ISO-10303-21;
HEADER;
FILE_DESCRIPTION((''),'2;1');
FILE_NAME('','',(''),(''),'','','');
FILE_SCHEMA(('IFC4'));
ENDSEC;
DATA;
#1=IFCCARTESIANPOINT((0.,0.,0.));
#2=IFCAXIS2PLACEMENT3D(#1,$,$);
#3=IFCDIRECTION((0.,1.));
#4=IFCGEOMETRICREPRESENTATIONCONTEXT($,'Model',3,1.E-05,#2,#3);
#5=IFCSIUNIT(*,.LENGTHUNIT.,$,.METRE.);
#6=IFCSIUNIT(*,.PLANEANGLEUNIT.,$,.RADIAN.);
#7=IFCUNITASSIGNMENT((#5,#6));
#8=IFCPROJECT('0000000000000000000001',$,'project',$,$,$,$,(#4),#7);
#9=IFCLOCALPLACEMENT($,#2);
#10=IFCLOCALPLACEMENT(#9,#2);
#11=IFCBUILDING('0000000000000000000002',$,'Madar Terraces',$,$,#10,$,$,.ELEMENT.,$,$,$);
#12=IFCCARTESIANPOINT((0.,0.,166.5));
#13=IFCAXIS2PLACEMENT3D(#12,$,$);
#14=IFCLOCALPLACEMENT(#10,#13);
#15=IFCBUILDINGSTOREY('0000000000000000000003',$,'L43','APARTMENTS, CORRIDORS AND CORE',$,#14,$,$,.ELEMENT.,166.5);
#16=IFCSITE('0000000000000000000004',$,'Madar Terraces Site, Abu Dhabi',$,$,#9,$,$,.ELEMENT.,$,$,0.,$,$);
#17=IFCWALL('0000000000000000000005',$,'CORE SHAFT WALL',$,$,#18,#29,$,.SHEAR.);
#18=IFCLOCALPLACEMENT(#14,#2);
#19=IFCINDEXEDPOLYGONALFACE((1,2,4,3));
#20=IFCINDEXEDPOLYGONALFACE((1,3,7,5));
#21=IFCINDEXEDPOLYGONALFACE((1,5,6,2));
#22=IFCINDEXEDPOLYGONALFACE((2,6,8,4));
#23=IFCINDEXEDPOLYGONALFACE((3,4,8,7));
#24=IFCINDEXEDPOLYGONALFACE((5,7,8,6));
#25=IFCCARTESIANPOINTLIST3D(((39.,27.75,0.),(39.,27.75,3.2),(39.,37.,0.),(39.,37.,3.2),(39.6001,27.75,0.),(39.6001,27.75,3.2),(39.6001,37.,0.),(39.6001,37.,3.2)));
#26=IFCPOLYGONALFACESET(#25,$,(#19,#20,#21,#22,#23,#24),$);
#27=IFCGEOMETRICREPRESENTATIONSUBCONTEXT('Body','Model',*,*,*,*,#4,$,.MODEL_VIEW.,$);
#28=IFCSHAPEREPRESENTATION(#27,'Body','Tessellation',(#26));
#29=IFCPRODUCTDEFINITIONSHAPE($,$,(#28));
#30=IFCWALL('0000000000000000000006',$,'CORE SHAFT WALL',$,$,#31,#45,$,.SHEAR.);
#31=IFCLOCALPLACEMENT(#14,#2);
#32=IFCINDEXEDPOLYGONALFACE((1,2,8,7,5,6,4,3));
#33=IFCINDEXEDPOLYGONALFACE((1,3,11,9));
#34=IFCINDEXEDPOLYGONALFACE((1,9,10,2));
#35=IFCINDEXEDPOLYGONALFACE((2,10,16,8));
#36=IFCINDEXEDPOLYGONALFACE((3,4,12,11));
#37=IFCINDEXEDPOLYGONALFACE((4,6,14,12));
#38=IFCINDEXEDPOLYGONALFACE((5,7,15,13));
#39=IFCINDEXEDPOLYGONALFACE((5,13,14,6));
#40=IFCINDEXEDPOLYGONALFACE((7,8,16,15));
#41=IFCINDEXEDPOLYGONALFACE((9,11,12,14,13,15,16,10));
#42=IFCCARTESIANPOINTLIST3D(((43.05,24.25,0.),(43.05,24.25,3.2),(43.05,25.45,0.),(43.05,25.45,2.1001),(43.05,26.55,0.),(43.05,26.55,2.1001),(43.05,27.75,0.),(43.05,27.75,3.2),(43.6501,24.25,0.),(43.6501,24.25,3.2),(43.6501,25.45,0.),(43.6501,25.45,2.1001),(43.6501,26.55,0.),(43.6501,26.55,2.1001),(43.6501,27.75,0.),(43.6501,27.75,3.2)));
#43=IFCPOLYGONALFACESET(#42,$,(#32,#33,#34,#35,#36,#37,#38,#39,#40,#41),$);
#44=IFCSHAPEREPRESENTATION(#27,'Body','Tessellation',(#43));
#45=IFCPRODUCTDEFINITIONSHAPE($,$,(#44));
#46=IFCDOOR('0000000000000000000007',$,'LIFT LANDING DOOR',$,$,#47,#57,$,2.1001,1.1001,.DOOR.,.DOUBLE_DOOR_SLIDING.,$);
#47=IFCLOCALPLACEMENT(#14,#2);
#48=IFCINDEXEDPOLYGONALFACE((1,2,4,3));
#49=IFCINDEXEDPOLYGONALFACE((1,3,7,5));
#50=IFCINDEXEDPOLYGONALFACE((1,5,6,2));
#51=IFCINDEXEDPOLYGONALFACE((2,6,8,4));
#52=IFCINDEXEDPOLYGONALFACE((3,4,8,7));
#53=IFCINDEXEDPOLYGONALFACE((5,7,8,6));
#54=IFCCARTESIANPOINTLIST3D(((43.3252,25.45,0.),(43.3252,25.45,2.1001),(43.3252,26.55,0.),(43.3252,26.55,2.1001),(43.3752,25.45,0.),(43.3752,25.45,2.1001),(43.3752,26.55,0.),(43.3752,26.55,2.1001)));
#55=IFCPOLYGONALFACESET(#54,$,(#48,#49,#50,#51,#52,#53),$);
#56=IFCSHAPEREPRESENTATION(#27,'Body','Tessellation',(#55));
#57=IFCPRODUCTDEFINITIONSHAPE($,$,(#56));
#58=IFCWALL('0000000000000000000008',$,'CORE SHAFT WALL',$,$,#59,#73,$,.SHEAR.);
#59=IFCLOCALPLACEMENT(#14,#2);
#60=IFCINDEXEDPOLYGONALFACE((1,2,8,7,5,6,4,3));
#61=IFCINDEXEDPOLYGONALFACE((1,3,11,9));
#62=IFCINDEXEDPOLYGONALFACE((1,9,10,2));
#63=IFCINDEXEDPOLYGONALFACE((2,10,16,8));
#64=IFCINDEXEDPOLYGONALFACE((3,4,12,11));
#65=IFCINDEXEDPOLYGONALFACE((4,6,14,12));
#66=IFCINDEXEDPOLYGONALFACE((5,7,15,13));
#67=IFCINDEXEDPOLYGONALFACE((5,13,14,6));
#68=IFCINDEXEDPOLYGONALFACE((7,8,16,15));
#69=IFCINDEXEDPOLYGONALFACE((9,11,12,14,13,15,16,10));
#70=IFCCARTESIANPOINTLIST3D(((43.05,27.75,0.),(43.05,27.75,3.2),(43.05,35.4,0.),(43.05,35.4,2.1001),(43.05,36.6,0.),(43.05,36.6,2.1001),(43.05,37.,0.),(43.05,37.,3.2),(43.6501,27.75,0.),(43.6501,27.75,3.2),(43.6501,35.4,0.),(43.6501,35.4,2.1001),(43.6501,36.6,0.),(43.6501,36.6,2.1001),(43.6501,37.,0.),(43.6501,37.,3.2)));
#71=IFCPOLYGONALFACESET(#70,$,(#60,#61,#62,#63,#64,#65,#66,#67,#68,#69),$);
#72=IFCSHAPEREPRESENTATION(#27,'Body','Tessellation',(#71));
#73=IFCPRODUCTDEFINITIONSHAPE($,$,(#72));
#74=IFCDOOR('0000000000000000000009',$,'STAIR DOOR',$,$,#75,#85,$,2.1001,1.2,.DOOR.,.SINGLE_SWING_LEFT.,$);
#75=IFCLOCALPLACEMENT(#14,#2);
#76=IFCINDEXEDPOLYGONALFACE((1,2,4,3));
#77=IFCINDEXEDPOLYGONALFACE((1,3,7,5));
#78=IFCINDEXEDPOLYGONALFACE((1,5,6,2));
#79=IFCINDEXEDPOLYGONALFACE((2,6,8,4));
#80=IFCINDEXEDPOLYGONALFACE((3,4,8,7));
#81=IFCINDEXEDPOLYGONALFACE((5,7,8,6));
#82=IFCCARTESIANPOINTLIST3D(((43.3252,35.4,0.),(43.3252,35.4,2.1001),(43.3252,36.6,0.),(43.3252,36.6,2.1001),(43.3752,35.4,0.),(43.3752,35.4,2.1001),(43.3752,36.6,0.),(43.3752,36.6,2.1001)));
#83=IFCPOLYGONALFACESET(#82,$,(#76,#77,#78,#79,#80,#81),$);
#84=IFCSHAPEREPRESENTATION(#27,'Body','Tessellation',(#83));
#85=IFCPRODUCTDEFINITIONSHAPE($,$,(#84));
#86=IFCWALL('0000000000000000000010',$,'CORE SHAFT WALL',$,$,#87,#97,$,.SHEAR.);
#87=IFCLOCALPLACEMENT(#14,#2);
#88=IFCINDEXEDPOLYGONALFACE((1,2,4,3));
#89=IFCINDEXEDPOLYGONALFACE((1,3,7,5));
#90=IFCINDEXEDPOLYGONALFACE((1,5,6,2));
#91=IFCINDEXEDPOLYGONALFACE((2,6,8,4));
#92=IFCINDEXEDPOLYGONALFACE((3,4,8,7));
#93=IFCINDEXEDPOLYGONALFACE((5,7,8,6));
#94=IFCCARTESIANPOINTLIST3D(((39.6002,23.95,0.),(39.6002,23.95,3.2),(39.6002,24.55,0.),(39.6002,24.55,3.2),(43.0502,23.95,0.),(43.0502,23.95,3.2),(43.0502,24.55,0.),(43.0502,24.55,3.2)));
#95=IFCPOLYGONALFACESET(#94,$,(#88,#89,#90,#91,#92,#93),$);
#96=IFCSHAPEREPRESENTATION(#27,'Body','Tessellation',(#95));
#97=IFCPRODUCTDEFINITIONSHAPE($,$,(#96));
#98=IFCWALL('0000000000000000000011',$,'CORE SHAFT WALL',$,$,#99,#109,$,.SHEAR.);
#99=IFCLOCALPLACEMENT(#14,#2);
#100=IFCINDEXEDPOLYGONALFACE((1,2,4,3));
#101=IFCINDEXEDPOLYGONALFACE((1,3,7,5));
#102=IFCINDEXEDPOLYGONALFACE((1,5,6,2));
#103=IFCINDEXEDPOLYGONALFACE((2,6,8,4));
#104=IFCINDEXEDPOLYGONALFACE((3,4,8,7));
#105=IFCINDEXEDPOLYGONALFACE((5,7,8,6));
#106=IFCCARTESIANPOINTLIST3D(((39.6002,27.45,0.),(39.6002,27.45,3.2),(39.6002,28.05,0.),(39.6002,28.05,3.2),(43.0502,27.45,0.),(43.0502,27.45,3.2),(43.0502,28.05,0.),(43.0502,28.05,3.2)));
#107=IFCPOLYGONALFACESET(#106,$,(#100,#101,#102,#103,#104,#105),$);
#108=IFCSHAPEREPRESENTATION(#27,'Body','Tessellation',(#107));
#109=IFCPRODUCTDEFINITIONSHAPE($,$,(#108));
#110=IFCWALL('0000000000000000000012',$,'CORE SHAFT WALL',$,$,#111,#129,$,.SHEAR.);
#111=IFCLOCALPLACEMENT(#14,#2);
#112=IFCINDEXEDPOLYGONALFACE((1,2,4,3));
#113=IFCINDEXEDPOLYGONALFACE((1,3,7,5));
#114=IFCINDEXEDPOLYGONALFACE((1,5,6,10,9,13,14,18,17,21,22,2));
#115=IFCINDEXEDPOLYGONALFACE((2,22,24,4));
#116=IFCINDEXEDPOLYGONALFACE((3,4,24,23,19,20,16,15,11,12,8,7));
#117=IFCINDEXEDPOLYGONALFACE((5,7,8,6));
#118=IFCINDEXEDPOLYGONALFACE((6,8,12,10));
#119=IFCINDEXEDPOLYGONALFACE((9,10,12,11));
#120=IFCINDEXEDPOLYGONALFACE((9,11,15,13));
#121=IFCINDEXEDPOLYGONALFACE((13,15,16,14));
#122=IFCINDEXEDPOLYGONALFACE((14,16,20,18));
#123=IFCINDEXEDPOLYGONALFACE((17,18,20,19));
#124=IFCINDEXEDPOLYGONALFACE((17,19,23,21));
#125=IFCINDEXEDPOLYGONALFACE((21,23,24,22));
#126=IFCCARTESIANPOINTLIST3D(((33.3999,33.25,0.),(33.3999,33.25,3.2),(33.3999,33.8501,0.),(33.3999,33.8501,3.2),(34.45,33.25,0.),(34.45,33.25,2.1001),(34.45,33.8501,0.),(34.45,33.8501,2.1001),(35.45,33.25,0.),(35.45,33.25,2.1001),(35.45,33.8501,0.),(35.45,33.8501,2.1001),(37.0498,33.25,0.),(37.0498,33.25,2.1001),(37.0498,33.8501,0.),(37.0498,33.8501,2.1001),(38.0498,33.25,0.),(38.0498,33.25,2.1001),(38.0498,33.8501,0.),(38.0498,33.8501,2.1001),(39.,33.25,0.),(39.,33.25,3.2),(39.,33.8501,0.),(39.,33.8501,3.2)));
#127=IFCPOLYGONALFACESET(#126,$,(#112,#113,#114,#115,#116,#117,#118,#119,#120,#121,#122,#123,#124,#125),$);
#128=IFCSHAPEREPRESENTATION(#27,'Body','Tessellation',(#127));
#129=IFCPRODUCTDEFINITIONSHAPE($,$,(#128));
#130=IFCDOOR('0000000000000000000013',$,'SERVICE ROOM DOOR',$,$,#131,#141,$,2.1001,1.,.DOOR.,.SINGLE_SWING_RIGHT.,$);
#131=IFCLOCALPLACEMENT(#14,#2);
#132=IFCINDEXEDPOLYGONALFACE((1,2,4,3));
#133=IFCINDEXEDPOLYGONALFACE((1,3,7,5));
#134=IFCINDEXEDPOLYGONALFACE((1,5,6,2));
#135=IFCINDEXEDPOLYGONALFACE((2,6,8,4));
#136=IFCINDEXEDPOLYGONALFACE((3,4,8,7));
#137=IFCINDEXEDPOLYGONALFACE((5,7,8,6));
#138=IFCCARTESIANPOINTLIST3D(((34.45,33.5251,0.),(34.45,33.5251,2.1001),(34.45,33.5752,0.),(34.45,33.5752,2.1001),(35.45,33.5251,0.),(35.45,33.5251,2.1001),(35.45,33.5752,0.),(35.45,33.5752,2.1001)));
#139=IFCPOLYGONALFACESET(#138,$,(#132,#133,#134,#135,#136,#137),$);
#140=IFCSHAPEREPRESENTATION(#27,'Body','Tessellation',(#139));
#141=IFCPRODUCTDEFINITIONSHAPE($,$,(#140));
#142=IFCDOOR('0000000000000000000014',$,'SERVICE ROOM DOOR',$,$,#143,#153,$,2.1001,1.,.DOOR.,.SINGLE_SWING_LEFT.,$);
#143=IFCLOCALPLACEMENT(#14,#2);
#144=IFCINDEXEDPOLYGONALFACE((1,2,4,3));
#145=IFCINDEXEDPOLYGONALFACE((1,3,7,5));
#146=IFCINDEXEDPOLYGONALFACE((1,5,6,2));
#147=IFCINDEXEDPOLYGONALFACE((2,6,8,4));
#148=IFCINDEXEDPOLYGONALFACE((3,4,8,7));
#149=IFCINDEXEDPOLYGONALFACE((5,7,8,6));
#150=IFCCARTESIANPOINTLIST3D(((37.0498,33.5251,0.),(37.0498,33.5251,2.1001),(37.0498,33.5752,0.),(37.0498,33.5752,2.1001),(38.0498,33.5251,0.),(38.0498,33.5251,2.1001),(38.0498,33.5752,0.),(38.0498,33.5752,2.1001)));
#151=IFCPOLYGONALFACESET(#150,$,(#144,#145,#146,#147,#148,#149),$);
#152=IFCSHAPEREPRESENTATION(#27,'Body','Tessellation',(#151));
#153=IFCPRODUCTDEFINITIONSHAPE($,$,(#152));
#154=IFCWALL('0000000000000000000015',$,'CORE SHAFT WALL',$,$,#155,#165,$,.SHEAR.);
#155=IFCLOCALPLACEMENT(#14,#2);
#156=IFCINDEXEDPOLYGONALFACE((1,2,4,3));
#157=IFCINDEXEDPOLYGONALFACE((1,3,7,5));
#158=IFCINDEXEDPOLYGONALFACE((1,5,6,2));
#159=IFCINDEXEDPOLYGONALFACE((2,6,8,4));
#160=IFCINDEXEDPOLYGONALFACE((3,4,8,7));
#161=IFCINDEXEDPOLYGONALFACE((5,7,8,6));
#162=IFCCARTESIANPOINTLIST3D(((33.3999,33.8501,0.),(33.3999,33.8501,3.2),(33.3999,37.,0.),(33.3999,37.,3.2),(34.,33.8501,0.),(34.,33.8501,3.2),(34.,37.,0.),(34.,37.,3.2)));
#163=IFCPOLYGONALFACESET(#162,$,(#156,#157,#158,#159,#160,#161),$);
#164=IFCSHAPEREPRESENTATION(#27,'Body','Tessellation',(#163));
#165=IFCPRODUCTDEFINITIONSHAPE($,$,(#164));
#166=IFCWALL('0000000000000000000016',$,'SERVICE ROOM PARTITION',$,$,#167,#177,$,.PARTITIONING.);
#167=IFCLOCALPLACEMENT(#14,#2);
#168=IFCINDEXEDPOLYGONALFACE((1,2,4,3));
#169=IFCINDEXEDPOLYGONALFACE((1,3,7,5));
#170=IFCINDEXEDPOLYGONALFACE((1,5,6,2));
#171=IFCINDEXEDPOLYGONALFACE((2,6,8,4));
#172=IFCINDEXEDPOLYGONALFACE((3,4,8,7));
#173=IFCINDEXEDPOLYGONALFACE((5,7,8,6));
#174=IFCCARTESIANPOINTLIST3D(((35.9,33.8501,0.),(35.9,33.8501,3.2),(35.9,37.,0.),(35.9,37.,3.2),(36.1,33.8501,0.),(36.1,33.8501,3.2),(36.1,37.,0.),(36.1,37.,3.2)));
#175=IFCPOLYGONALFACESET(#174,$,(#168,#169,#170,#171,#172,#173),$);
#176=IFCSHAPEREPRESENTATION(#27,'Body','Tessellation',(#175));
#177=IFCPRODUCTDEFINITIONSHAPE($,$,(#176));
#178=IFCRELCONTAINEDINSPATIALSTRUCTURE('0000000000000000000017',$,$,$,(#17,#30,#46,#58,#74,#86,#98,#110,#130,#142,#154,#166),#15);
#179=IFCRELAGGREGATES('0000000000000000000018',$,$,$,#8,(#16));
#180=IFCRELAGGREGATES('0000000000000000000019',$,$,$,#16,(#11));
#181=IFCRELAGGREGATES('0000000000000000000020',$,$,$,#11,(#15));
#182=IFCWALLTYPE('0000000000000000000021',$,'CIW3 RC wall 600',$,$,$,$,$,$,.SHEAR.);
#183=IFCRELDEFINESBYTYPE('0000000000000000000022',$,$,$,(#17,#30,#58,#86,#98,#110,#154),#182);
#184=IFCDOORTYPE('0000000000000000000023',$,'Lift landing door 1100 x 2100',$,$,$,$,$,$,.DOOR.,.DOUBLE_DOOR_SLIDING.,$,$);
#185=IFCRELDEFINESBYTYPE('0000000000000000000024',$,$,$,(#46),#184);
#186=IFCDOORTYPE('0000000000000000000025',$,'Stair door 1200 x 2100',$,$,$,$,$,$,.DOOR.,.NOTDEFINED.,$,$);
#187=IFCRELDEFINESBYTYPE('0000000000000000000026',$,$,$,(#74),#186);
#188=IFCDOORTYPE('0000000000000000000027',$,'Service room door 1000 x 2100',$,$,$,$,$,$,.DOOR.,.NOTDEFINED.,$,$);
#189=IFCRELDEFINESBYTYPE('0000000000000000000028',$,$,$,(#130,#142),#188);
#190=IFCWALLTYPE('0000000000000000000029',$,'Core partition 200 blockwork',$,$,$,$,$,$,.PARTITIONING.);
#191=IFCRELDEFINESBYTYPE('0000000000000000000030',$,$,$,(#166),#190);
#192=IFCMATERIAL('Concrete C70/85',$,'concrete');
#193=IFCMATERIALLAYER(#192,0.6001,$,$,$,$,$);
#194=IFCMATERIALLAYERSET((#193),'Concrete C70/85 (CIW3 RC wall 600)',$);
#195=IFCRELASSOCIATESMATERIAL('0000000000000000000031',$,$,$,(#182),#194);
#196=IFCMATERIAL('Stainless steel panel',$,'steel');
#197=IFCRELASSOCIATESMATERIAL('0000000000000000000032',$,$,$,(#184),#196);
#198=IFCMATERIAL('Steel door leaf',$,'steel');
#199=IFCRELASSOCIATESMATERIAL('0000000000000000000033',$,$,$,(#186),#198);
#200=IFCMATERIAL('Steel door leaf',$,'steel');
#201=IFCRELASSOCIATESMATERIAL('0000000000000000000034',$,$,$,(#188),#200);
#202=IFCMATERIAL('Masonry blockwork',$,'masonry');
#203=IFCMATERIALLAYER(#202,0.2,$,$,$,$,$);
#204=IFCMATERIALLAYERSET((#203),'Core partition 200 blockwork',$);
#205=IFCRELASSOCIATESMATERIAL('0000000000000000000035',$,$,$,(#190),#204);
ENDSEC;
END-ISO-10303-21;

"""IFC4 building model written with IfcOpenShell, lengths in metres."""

from ifc_helpers import new_model, si_unit, direction, frame, frame_2d, origin, place, context, subcontext, project, spatial, rectangle, extrude, material, layer, layer_set, type_object, element, fill, save


model = new_model("IFC4")

# Units and contexts
model_context = context("Model", 3, precision=1e-05, world=origin(), true_north=direction((0.0, 1.0)))
body_context = subcontext(model_context, "Body", "Model", "MODEL_VIEW")
ifc_project = project(units=[si_unit("LENGTHUNIT", "METRE"), si_unit("PLANEANGLEUNIT", "RADIAN")], contexts=[model_context])

# Site, building, storey
site_placement = place(None, origin())
site = spatial("IfcSite", under=ifc_project, at=site_placement, Name="Madar Terraces Site, Abu Dhabi", CompositionType="ELEMENT", RefElevation=0.0)
building_placement = place(site_placement, origin())
building = spatial("IfcBuilding", under=site, at=building_placement, Name="Madar Terraces", CompositionType="ELEMENT")
storey_placement = place(building_placement, frame((0.0, 0.0, 166.5)))
storey = spatial("IfcBuildingStorey", under=building, at=storey_placement, Name="L43", Description="APARTMENTS, CORRIDORS AND CORE", CompositionType="ELEMENT", Elevation=166.5)

# Wall
ifc_material_1 = material(Name="Concrete C70/85", Category="concrete")
ifc_layer_1 = layer(ifc_material_1, 0.6001)
ifc_layer_set_1 = layer_set([ifc_layer_1], Name="Concrete C70/85 (CIW3 RC wall 600)")
wall_type_1 = type_object("IfcWallType", Name="CIW3 RC wall 600", PredefinedType="SHEAR", material=ifc_layer_set_1)
wall_1_placement = place(storey_placement, frame((39.3, 27.75, 0.0), z_axis=(0.0, 0.0, 1.0), x_axis=(0.0, 1.0, 0.0)))
element("IfcWall", 1, at=wall_1_placement, inside=storey, type_object=wall_type_1, Name="CORE SHAFT WALL", PredefinedType="SHEAR", context=body_context, shape_type="SweptSolid", body=[
    extrude(rectangle(XDim=9.25, YDim=0.6001, at=frame_2d((4.625, 0.0))), origin(), (0.0, 0.0, 1.0), 3.2),
])

# Walls, openings, doors
wall_2_placement = place(storey_placement, frame((43.3501, 24.25, 0.0), z_axis=(0.0, 0.0, 1.0), x_axis=(0.0, 1.0, 0.0)))
wall_2 = element("IfcWall", 2, at=wall_2_placement, inside=storey, type_object=wall_type_1, Name="CORE SHAFT WALL", PredefinedType="SHEAR", context=body_context, shape_type="SweptSolid", body=[
    extrude(rectangle(XDim=3.5, YDim=0.6001, at=frame_2d((1.75, 0.0))), origin(), (0.0, 0.0, 1.0), 3.2),
])
opening_1_placement = place(wall_2_placement, frame((1.2, 0.0, 0.0)))
opening_1 = element("IfcOpeningElement", 3, at=opening_1_placement, cuts=wall_2, PredefinedType="OPENING", context=body_context, shape_type="SweptSolid", body=[
    extrude(rectangle(XDim=1.1001, YDim=2.1001, at=frame_2d((0.55, 1.05))), frame((0.0, 0.3101, 0.0), z_axis=(0.0, -1.0, 0.0), x_axis=(1.0, 0.0, 0.0)), (0.0, 0.0, 1.0), 0.6201),
])
ifc_material_2 = material(Name="Stainless steel panel", Category="steel")
door_type_1 = type_object("IfcDoorType", Name="Lift landing door 1100 x 2100", OperationType="DOUBLE_DOOR_SLIDING", PredefinedType="DOOR", material=ifc_material_2)
door_1_placement = place(opening_1_placement, origin())
door_1 = element("IfcDoor", 4, at=door_1_placement, inside=storey, type_object=door_type_1, Name="LIFT LANDING DOOR", OperationType="DOUBLE_DOOR_SLIDING", OverallHeight=2.1001, OverallWidth=1.1001, PredefinedType="DOOR", context=body_context, shape_type="SweptSolid", body=[
    extrude(rectangle(XDim=1.1001, YDim=2.1001, at=frame_2d((0.55, 1.05))), frame((0.0, 0.0249, 0.0), z_axis=(0.0, -1.0, 0.0), x_axis=(1.0, 0.0, 0.0)), (0.0, 0.0, 1.0), 0.05),
])
fill(opening_1, door_1)
wall_3_placement = place(storey_placement, frame((43.3501, 27.75, 0.0), z_axis=(0.0, 0.0, 1.0), x_axis=(0.0, 1.0, 0.0)))
wall_3 = element("IfcWall", 5, at=wall_3_placement, inside=storey, type_object=wall_type_1, Name="CORE SHAFT WALL", PredefinedType="SHEAR", context=body_context, shape_type="SweptSolid", body=[
    extrude(rectangle(XDim=9.25, YDim=0.6001, at=frame_2d((4.625, 0.0))), origin(), (0.0, 0.0, 1.0), 3.2),
])
opening_2_placement = place(wall_3_placement, frame((7.6499, 0.0, 0.0)))
opening_2 = element("IfcOpeningElement", 6, at=opening_2_placement, cuts=wall_3, PredefinedType="OPENING", context=body_context, shape_type="SweptSolid", body=[
    extrude(rectangle(XDim=1.2, YDim=2.1001, at=frame_2d((0.6001, 1.05))), frame((0.0, 0.3101, 0.0), z_axis=(0.0, -1.0, 0.0), x_axis=(1.0, 0.0, 0.0)), (0.0, 0.0, 1.0), 0.6201),
])
ifc_material_3 = material(Name="Steel door leaf", Category="steel")
door_type_2 = type_object("IfcDoorType", Name="Stair door 1200 x 2100", OperationType="NOTDEFINED", PredefinedType="DOOR", material=ifc_material_3)
door_2_placement = place(opening_2_placement, origin())
door_2 = element("IfcDoor", 7, at=door_2_placement, inside=storey, type_object=door_type_2, Name="STAIR DOOR", OperationType="SINGLE_SWING_LEFT", OverallHeight=2.1001, OverallWidth=1.2, PredefinedType="DOOR", context=body_context, shape_type="SweptSolid", body=[
    extrude(rectangle(XDim=1.2, YDim=2.1001, at=frame_2d((0.6001, 1.05))), frame((0.0, 0.0249, 0.0), z_axis=(0.0, -1.0, 0.0), x_axis=(1.0, 0.0, 0.0)), (0.0, 0.0, 1.0), 0.05),
])
fill(opening_2, door_2)

# Walls
for number, where, z_axis, x_axis, name in (
    (8, (39.6001, 24.25, 0.0), (0.0, 0.0, 1.0), (1.0, 0.0, 0.0), "CORE SHAFT WALL"),
    (9, (39.6001, 27.75, 0.0), (0.0, 0.0, 1.0), (1.0, 0.0, 0.0), "CORE SHAFT WALL"),
):
    element("IfcWall", number, at=place(storey_placement, frame(where, z_axis=z_axis, x_axis=x_axis)), inside=storey, type_object=wall_type_1, Name=name, PredefinedType="SHEAR", context=body_context, shape_type="SweptSolid", body=[
        extrude(rectangle(XDim=3.45, YDim=0.6001, at=frame_2d((1.7251, 0.0))), origin(), (0.0, 0.0, 1.0), 3.2),
    ])

# Wall, openings, doors
wall_4_placement = place(storey_placement, frame((33.3999, 33.55, 0.0), z_axis=(0.0, 0.0, 1.0), x_axis=(1.0, 0.0, 0.0)))
wall_4 = element("IfcWall", 10, at=wall_4_placement, inside=storey, type_object=wall_type_1, Name="CORE SHAFT WALL", PredefinedType="SHEAR", context=body_context, shape_type="SweptSolid", body=[
    extrude(rectangle(XDim=5.6001, YDim=0.6001, at=frame_2d((2.8, 0.0))), origin(), (0.0, 0.0, 1.0), 3.2),
])
opening_3_placement = place(wall_4_placement, frame((1.05, 0.0, 0.0)))
opening_3 = element("IfcOpeningElement", 11, at=opening_3_placement, cuts=wall_4, PredefinedType="OPENING", context=body_context, shape_type="SweptSolid", body=[
    extrude(rectangle(XDim=1.0, YDim=2.1001, at=frame_2d((0.5, 1.05))), frame((0.0, 0.3101, 0.0), z_axis=(0.0, -1.0, 0.0), x_axis=(1.0, 0.0, 0.0)), (0.0, 0.0, 1.0), 0.6201),
])
opening_4_placement = place(wall_4_placement, frame((3.6499, 0.0, 0.0)))
opening_4 = element("IfcOpeningElement", 12, at=opening_4_placement, cuts=wall_4, PredefinedType="OPENING", context=body_context, shape_type="SweptSolid", body=[
    extrude(rectangle(XDim=1.0, YDim=2.1001, at=frame_2d((0.5, 1.05))), frame((0.0, 0.3101, 0.0), z_axis=(0.0, -1.0, 0.0), x_axis=(1.0, 0.0, 0.0)), (0.0, 0.0, 1.0), 0.6201),
])
ifc_material_4 = material(Name="Steel door leaf", Category="steel")
door_type_3 = type_object("IfcDoorType", Name="Service room door 1000 x 2100", OperationType="NOTDEFINED", PredefinedType="DOOR", material=ifc_material_4)
door_3_placement = place(opening_3_placement, frame((1.0, 0.0, 0.0), z_axis=(0.0, 0.0, 1.0), x_axis=(-1.0, 0.0, 0.0)))
door_3 = element("IfcDoor", 13, at=door_3_placement, inside=storey, type_object=door_type_3, Name="SERVICE ROOM DOOR", OperationType="SINGLE_SWING_RIGHT", OverallHeight=2.1001, OverallWidth=1.0, PredefinedType="DOOR", context=body_context, shape_type="SweptSolid", body=[
    extrude(rectangle(XDim=1.0, YDim=2.1001, at=frame_2d((0.5, 1.05))), frame((0.0, 0.0249, 0.0), z_axis=(0.0, -1.0, 0.0), x_axis=(1.0, 0.0, 0.0)), (0.0, 0.0, 1.0), 0.05),
])
fill(opening_3, door_3)
door_4_placement = place(opening_4_placement, frame((1.0, 0.0, 0.0), z_axis=(0.0, 0.0, 1.0), x_axis=(-1.0, 0.0, 0.0)))
door_4 = element("IfcDoor", 14, at=door_4_placement, inside=storey, type_object=door_type_3, Name="SERVICE ROOM DOOR", OperationType="SINGLE_SWING_LEFT", OverallHeight=2.1001, OverallWidth=1.0, PredefinedType="DOOR", context=body_context, shape_type="SweptSolid", body=[
    extrude(rectangle(XDim=1.0, YDim=2.1001, at=frame_2d((0.5, 1.05))), frame((0.0, 0.0249, 0.0), z_axis=(0.0, -1.0, 0.0), x_axis=(1.0, 0.0, 0.0)), (0.0, 0.0, 1.0), 0.05),
])
fill(opening_4, door_4)

# Walls
wall_5_placement = place(storey_placement, frame((33.7, 33.8501, 0.0), z_axis=(0.0, 0.0, 1.0), x_axis=(0.0, 1.0, 0.0)))
element("IfcWall", 15, at=wall_5_placement, inside=storey, type_object=wall_type_1, Name="CORE SHAFT WALL", PredefinedType="SHEAR", context=body_context, shape_type="SweptSolid", body=[
    extrude(rectangle(XDim=3.1499, YDim=0.6001, at=frame_2d((1.575, 0.0))), origin(), (0.0, 0.0, 1.0), 3.2),
])
ifc_material_5 = material(Name="Masonry blockwork", Category="masonry")
ifc_layer_2 = layer(ifc_material_5, 0.2)
ifc_layer_set_2 = layer_set([ifc_layer_2], Name="Core partition 200 blockwork")
wall_type_2 = type_object("IfcWallType", Name="Core partition 200 blockwork", PredefinedType="PARTITIONING", material=ifc_layer_set_2)
wall_6_placement = place(storey_placement, frame((36.0, 33.8501, 0.0), z_axis=(0.0, 0.0, 1.0), x_axis=(0.0, 1.0, 0.0)))
element("IfcWall", 16, at=wall_6_placement, inside=storey, type_object=wall_type_2, Name="SERVICE ROOM PARTITION", PredefinedType="PARTITIONING", context=body_context, shape_type="SweptSolid", body=[
    extrude(rectangle(XDim=3.1499, YDim=0.2, at=frame_2d((1.575, 0.0))), origin(), (0.0, 0.0, 1.0), 3.2),
])

save(model, "model.ifc")
